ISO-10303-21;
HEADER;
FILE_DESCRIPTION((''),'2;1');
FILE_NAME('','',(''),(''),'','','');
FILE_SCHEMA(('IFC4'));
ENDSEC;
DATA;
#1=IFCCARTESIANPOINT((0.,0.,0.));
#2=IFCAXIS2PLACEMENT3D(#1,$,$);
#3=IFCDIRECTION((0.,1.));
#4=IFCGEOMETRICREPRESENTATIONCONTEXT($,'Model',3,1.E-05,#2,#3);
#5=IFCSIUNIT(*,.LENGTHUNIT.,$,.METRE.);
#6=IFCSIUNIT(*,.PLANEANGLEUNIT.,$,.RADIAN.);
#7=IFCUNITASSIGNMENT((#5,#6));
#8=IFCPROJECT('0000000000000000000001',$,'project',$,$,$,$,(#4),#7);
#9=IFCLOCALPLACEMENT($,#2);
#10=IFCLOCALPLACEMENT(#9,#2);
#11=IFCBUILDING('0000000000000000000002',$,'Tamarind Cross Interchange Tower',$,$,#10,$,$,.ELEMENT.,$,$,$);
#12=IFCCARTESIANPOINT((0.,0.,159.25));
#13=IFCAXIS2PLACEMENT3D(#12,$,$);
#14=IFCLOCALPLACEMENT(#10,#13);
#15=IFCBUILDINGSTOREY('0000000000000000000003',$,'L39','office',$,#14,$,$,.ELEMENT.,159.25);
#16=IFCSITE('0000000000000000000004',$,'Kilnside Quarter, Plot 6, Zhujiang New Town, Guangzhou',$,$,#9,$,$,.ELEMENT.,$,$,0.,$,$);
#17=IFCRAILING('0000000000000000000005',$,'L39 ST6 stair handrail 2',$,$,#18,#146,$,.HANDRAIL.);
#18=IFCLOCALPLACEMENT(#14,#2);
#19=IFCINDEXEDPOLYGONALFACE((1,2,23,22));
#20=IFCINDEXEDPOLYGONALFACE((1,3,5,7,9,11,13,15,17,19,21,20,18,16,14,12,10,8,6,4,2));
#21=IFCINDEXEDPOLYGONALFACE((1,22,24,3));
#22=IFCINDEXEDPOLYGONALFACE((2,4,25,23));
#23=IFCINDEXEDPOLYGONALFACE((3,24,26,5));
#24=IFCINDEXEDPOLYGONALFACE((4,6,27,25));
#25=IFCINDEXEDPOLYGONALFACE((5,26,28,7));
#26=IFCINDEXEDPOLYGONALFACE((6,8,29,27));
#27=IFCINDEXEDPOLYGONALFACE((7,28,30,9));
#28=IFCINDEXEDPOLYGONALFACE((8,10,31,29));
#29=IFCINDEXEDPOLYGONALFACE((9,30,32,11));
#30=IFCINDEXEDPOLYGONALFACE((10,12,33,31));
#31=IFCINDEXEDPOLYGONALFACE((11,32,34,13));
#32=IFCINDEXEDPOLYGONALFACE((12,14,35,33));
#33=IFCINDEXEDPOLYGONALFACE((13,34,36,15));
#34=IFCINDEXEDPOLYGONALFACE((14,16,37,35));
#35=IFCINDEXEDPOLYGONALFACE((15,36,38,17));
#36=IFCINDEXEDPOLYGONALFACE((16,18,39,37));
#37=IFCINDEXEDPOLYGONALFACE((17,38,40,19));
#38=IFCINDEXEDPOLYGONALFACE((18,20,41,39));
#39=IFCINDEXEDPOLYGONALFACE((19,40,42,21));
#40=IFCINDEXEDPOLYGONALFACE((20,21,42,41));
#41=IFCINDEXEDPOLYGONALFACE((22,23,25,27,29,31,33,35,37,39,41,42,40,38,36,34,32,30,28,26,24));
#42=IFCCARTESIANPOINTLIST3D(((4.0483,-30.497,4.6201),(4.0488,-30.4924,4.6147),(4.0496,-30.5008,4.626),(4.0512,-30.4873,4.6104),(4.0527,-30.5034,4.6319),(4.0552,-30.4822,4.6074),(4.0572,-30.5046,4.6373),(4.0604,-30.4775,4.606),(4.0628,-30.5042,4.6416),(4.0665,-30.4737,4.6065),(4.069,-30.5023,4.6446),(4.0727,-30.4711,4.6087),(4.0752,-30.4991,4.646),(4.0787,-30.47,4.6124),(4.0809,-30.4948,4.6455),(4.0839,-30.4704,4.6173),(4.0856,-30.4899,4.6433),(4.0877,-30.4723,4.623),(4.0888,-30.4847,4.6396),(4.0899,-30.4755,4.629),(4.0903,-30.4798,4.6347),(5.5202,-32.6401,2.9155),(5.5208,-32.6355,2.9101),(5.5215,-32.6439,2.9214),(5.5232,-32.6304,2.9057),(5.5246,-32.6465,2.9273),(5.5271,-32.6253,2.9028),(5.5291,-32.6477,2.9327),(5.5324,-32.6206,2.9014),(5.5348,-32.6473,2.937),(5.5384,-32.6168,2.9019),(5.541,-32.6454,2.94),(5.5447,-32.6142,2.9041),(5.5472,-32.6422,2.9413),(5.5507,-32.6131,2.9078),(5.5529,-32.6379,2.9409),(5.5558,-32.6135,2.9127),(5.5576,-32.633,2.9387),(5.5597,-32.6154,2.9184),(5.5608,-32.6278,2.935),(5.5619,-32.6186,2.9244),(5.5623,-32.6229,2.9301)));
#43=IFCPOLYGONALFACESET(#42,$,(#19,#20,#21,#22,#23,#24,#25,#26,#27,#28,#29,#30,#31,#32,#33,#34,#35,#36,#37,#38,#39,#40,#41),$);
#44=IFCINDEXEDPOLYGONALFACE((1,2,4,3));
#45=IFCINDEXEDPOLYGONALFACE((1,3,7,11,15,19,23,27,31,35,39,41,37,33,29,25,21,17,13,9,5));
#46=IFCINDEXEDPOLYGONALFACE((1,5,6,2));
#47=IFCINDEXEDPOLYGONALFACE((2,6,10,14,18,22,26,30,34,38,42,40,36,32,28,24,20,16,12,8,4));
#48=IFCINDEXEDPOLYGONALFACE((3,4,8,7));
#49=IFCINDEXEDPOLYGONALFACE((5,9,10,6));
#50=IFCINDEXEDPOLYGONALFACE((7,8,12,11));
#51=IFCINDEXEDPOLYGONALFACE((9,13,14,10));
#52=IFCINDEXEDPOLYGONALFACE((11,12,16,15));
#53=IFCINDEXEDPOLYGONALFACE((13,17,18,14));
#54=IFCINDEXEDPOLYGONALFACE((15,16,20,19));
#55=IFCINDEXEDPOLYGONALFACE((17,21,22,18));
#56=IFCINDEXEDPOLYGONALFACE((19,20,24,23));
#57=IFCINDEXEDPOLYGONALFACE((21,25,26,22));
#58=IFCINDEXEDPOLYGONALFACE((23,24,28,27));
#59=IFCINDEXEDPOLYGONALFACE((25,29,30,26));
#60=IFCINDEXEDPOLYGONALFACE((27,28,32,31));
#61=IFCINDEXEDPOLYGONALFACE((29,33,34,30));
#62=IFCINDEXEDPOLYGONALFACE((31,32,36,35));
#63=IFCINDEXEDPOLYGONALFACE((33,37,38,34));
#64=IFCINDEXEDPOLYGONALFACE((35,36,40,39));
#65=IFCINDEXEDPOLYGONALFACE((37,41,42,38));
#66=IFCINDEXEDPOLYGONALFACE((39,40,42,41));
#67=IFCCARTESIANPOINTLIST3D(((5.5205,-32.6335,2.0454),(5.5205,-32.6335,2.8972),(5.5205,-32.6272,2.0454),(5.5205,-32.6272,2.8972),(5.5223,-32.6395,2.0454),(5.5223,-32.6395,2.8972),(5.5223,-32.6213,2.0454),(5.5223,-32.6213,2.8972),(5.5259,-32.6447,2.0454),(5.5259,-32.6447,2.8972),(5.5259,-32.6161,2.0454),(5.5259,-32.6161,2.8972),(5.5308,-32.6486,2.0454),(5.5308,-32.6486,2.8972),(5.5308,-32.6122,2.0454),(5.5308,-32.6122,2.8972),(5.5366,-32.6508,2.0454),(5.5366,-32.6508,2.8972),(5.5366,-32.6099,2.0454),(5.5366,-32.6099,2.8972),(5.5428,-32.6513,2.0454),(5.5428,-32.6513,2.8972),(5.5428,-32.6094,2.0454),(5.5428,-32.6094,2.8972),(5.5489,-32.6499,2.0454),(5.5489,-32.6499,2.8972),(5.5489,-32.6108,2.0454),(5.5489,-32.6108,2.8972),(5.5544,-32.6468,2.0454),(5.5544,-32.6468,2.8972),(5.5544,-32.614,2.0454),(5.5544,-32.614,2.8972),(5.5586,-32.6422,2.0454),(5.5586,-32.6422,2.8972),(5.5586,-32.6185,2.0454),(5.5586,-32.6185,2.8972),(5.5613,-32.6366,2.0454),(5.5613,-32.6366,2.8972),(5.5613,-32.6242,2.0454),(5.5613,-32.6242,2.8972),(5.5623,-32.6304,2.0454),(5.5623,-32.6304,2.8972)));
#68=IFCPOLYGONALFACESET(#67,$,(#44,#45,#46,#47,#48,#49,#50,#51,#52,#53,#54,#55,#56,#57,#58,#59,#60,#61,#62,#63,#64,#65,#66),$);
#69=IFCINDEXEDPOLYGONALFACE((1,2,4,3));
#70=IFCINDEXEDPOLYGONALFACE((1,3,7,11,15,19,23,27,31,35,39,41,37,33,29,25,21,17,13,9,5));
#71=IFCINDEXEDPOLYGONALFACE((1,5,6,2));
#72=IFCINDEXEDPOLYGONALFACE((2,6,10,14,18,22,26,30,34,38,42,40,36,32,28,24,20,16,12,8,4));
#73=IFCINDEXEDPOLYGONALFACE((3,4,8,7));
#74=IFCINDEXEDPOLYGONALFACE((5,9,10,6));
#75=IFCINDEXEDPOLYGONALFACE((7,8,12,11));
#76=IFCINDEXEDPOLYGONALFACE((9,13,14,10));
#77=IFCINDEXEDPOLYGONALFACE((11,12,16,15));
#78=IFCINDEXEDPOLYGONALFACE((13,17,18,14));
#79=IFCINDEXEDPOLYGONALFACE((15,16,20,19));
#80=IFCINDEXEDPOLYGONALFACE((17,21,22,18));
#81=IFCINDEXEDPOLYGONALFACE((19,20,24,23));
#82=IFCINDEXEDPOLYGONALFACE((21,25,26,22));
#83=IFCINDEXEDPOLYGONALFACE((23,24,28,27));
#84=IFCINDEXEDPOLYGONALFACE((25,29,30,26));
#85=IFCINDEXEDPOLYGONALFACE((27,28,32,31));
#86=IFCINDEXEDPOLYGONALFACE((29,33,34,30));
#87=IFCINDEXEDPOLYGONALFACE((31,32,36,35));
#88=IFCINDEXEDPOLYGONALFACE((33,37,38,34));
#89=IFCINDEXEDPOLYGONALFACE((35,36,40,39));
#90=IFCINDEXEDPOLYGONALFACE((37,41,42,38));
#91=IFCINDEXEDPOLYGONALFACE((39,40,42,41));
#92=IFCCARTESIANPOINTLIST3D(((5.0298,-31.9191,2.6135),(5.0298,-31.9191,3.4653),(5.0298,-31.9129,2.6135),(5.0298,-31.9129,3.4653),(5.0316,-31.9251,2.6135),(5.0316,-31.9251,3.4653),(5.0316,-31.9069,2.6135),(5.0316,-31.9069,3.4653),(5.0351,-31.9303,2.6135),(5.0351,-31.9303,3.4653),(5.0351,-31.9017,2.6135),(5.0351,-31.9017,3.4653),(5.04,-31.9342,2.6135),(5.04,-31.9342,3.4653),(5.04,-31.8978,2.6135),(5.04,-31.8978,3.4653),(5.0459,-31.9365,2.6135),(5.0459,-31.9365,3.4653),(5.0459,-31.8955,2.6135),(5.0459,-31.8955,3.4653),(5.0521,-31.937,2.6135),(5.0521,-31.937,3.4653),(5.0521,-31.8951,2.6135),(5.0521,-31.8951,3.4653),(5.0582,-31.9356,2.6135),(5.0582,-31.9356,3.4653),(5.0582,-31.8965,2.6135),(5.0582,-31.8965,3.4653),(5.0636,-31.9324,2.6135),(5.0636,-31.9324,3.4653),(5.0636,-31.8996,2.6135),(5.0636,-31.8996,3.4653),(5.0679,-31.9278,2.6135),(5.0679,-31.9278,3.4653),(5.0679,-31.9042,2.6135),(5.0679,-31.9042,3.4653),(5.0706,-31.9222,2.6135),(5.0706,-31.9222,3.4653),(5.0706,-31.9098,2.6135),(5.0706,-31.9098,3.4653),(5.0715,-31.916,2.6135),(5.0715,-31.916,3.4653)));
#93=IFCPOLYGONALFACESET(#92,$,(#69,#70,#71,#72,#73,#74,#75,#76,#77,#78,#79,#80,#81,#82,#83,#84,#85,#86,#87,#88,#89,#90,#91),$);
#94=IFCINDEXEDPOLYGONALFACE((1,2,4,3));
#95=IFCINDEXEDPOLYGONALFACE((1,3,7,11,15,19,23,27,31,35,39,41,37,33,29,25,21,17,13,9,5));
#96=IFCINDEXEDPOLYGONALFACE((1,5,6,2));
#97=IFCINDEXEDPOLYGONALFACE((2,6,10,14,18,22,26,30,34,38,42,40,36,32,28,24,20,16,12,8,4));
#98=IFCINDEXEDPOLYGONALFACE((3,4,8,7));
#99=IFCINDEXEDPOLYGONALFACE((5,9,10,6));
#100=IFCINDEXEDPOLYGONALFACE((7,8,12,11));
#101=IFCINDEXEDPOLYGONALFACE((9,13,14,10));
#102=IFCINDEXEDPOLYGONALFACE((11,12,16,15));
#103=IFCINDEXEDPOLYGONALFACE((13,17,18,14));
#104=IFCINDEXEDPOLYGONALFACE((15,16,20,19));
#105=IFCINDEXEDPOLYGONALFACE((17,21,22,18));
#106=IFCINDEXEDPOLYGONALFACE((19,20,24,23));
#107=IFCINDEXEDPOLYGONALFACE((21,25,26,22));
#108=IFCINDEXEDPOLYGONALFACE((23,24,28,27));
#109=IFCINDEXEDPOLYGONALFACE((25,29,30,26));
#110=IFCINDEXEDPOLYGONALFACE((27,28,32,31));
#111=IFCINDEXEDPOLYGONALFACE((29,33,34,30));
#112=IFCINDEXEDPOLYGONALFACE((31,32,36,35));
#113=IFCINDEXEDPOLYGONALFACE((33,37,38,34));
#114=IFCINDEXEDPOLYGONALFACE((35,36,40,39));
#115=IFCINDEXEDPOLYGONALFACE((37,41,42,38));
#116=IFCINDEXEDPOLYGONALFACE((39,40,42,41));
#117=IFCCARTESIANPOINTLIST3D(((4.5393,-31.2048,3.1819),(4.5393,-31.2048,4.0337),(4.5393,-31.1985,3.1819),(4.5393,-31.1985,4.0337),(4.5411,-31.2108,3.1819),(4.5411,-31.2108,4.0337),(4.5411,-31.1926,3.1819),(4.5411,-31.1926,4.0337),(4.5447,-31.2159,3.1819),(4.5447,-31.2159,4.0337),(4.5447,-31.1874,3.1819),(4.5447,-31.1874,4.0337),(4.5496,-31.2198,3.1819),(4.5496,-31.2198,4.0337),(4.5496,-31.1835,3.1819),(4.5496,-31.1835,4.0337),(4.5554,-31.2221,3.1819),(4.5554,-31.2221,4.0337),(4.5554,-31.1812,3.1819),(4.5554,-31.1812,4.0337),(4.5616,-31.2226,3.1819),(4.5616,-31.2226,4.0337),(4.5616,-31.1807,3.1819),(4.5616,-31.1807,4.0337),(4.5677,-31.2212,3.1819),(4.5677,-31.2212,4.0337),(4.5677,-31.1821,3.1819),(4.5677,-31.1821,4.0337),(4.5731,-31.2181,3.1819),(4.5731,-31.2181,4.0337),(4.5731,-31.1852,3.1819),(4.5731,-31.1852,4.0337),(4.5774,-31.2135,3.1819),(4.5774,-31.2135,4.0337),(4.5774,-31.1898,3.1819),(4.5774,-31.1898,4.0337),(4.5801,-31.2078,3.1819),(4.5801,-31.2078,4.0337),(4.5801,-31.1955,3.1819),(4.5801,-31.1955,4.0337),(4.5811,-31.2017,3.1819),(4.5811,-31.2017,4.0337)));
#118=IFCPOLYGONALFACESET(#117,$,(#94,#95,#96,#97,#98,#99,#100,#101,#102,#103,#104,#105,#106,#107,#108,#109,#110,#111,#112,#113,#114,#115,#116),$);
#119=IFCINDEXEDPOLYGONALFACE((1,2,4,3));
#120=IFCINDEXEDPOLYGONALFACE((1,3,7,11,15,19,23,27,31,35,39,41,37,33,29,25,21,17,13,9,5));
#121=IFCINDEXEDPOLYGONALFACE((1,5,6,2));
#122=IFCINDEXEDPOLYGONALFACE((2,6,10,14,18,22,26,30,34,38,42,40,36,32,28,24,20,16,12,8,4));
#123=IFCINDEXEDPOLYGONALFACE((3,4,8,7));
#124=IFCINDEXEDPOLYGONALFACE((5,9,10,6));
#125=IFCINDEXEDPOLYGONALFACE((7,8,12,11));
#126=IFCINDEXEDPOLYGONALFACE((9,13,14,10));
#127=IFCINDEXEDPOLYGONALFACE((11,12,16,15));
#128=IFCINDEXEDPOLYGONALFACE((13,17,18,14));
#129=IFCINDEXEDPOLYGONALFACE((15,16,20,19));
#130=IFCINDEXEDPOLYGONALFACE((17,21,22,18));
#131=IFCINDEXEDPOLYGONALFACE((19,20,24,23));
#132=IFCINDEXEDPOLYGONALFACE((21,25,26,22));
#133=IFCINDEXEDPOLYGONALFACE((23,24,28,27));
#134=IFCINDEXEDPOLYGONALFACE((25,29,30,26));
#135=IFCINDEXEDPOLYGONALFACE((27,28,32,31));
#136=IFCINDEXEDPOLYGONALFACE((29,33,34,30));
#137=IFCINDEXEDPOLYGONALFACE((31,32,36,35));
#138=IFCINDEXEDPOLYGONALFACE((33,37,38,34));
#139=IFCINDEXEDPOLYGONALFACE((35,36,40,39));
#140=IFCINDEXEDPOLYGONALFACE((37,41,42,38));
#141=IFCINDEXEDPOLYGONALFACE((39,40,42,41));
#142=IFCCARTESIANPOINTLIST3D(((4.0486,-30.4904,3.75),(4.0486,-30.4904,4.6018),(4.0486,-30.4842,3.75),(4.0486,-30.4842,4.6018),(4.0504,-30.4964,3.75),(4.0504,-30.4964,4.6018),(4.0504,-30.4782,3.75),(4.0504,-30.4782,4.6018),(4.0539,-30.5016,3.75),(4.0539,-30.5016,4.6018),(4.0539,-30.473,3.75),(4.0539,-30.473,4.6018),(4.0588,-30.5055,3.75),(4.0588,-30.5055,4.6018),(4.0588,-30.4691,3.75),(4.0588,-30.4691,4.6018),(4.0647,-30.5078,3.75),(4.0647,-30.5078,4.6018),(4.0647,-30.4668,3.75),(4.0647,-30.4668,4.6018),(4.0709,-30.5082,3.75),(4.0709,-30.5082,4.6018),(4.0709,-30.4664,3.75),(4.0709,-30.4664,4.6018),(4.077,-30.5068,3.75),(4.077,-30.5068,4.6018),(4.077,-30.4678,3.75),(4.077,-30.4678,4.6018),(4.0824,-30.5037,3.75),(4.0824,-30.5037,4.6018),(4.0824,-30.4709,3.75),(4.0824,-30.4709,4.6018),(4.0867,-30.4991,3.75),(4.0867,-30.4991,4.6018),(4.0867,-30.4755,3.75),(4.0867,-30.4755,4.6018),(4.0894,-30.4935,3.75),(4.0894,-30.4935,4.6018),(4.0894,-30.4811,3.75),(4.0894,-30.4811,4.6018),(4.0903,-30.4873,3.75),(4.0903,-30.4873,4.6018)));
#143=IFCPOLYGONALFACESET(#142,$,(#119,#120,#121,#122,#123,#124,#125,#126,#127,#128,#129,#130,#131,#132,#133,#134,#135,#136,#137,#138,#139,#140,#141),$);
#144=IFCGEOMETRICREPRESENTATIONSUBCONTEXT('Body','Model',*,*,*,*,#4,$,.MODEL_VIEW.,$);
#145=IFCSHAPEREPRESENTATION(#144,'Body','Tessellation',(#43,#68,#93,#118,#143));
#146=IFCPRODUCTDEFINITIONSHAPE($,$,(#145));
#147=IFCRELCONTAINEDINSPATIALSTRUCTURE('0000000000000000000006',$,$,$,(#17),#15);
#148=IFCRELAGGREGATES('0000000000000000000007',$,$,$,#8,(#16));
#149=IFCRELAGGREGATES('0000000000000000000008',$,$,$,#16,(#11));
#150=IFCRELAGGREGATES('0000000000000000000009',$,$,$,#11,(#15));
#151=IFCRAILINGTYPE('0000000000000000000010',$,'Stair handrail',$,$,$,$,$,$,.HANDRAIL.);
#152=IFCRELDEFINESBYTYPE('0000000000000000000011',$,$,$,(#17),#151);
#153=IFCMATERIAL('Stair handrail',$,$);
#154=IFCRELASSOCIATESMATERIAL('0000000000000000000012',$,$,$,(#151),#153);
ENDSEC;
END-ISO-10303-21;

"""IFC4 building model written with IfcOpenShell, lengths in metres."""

from ifc_helpers import new_model, si_unit, direction, frame, origin, origin_2d, place, context, subcontext, project, spatial, circle, extrude, material, type_object, element, save


model = new_model("IFC4")

# Units and contexts
model_context = context("Model", 3, precision=1e-05, world=origin(), true_north=direction((0.0, 1.0)))
body_context = subcontext(model_context, "Body", "Model", "MODEL_VIEW")
ifc_project = project(units=[si_unit("LENGTHUNIT", "METRE"), si_unit("PLANEANGLEUNIT", "RADIAN")], contexts=[model_context])

# Site, building, storey
site_placement = place(None, origin())
site = spatial("IfcSite", under=ifc_project, at=site_placement, Name="Kilnside Quarter, Plot 6, Zhujiang New Town, Guangzhou", CompositionType="ELEMENT", RefElevation=0.0)
building_placement = place(site_placement, origin())
building = spatial("IfcBuilding", under=site, at=building_placement, Name="Tamarind Cross Interchange Tower", CompositionType="ELEMENT")
storey_placement = place(building_placement, frame((0.0, 0.0, 159.25)))
storey = spatial("IfcBuildingStorey", under=building, at=storey_placement, Name="L39", Description="office", CompositionType="ELEMENT", Elevation=159.25)

# Railing
ifc_material_1 = material(Name="Stair handrail")
railing_type_1 = type_object("IfcRailingType", Name="Stair handrail", PredefinedType="HANDRAIL", material=ifc_material_1)
railing_1_placement = place(storey_placement, frame((5.5413, -32.6304, 2.0454)))
element("IfcRailing", 1, at=railing_1_placement, inside=storey, type_object=railing_type_1, Name="L39 ST6 stair handrail 2", PredefinedType="HANDRAIL", context=body_context, shape_type="SweptSolid", body=[
    extrude(circle(Radius=0.0239, at=origin_2d()), frame((0.0, 0.0, 0.876), z_axis=(-0.473463, 0.689345, 0.548303), x_axis=(-0.824299, -0.566154, 0.0)), (0.0, 0.0, 1.0), 3.1089),
    extrude(circle(Radius=0.021, at=origin_2d()), origin(), (0.0, 0.0, 1.0), 0.8518),
    extrude(circle(Radius=0.021, at=origin_2d()), frame((-0.4907, 0.7144, 0.5681)), (0.0, 0.0, 1.0), 0.8518),
    extrude(circle(Radius=0.021, at=origin_2d()), frame((-0.9812, 1.4287, 1.1365)), (0.0, 0.0, 1.0), 0.8518),
    extrude(circle(Radius=0.021, at=origin_2d()), frame((-1.4719, 2.1431, 1.7046)), (0.0, 0.0, 1.0), 0.8518),
])

save(model, "model.ifc")
